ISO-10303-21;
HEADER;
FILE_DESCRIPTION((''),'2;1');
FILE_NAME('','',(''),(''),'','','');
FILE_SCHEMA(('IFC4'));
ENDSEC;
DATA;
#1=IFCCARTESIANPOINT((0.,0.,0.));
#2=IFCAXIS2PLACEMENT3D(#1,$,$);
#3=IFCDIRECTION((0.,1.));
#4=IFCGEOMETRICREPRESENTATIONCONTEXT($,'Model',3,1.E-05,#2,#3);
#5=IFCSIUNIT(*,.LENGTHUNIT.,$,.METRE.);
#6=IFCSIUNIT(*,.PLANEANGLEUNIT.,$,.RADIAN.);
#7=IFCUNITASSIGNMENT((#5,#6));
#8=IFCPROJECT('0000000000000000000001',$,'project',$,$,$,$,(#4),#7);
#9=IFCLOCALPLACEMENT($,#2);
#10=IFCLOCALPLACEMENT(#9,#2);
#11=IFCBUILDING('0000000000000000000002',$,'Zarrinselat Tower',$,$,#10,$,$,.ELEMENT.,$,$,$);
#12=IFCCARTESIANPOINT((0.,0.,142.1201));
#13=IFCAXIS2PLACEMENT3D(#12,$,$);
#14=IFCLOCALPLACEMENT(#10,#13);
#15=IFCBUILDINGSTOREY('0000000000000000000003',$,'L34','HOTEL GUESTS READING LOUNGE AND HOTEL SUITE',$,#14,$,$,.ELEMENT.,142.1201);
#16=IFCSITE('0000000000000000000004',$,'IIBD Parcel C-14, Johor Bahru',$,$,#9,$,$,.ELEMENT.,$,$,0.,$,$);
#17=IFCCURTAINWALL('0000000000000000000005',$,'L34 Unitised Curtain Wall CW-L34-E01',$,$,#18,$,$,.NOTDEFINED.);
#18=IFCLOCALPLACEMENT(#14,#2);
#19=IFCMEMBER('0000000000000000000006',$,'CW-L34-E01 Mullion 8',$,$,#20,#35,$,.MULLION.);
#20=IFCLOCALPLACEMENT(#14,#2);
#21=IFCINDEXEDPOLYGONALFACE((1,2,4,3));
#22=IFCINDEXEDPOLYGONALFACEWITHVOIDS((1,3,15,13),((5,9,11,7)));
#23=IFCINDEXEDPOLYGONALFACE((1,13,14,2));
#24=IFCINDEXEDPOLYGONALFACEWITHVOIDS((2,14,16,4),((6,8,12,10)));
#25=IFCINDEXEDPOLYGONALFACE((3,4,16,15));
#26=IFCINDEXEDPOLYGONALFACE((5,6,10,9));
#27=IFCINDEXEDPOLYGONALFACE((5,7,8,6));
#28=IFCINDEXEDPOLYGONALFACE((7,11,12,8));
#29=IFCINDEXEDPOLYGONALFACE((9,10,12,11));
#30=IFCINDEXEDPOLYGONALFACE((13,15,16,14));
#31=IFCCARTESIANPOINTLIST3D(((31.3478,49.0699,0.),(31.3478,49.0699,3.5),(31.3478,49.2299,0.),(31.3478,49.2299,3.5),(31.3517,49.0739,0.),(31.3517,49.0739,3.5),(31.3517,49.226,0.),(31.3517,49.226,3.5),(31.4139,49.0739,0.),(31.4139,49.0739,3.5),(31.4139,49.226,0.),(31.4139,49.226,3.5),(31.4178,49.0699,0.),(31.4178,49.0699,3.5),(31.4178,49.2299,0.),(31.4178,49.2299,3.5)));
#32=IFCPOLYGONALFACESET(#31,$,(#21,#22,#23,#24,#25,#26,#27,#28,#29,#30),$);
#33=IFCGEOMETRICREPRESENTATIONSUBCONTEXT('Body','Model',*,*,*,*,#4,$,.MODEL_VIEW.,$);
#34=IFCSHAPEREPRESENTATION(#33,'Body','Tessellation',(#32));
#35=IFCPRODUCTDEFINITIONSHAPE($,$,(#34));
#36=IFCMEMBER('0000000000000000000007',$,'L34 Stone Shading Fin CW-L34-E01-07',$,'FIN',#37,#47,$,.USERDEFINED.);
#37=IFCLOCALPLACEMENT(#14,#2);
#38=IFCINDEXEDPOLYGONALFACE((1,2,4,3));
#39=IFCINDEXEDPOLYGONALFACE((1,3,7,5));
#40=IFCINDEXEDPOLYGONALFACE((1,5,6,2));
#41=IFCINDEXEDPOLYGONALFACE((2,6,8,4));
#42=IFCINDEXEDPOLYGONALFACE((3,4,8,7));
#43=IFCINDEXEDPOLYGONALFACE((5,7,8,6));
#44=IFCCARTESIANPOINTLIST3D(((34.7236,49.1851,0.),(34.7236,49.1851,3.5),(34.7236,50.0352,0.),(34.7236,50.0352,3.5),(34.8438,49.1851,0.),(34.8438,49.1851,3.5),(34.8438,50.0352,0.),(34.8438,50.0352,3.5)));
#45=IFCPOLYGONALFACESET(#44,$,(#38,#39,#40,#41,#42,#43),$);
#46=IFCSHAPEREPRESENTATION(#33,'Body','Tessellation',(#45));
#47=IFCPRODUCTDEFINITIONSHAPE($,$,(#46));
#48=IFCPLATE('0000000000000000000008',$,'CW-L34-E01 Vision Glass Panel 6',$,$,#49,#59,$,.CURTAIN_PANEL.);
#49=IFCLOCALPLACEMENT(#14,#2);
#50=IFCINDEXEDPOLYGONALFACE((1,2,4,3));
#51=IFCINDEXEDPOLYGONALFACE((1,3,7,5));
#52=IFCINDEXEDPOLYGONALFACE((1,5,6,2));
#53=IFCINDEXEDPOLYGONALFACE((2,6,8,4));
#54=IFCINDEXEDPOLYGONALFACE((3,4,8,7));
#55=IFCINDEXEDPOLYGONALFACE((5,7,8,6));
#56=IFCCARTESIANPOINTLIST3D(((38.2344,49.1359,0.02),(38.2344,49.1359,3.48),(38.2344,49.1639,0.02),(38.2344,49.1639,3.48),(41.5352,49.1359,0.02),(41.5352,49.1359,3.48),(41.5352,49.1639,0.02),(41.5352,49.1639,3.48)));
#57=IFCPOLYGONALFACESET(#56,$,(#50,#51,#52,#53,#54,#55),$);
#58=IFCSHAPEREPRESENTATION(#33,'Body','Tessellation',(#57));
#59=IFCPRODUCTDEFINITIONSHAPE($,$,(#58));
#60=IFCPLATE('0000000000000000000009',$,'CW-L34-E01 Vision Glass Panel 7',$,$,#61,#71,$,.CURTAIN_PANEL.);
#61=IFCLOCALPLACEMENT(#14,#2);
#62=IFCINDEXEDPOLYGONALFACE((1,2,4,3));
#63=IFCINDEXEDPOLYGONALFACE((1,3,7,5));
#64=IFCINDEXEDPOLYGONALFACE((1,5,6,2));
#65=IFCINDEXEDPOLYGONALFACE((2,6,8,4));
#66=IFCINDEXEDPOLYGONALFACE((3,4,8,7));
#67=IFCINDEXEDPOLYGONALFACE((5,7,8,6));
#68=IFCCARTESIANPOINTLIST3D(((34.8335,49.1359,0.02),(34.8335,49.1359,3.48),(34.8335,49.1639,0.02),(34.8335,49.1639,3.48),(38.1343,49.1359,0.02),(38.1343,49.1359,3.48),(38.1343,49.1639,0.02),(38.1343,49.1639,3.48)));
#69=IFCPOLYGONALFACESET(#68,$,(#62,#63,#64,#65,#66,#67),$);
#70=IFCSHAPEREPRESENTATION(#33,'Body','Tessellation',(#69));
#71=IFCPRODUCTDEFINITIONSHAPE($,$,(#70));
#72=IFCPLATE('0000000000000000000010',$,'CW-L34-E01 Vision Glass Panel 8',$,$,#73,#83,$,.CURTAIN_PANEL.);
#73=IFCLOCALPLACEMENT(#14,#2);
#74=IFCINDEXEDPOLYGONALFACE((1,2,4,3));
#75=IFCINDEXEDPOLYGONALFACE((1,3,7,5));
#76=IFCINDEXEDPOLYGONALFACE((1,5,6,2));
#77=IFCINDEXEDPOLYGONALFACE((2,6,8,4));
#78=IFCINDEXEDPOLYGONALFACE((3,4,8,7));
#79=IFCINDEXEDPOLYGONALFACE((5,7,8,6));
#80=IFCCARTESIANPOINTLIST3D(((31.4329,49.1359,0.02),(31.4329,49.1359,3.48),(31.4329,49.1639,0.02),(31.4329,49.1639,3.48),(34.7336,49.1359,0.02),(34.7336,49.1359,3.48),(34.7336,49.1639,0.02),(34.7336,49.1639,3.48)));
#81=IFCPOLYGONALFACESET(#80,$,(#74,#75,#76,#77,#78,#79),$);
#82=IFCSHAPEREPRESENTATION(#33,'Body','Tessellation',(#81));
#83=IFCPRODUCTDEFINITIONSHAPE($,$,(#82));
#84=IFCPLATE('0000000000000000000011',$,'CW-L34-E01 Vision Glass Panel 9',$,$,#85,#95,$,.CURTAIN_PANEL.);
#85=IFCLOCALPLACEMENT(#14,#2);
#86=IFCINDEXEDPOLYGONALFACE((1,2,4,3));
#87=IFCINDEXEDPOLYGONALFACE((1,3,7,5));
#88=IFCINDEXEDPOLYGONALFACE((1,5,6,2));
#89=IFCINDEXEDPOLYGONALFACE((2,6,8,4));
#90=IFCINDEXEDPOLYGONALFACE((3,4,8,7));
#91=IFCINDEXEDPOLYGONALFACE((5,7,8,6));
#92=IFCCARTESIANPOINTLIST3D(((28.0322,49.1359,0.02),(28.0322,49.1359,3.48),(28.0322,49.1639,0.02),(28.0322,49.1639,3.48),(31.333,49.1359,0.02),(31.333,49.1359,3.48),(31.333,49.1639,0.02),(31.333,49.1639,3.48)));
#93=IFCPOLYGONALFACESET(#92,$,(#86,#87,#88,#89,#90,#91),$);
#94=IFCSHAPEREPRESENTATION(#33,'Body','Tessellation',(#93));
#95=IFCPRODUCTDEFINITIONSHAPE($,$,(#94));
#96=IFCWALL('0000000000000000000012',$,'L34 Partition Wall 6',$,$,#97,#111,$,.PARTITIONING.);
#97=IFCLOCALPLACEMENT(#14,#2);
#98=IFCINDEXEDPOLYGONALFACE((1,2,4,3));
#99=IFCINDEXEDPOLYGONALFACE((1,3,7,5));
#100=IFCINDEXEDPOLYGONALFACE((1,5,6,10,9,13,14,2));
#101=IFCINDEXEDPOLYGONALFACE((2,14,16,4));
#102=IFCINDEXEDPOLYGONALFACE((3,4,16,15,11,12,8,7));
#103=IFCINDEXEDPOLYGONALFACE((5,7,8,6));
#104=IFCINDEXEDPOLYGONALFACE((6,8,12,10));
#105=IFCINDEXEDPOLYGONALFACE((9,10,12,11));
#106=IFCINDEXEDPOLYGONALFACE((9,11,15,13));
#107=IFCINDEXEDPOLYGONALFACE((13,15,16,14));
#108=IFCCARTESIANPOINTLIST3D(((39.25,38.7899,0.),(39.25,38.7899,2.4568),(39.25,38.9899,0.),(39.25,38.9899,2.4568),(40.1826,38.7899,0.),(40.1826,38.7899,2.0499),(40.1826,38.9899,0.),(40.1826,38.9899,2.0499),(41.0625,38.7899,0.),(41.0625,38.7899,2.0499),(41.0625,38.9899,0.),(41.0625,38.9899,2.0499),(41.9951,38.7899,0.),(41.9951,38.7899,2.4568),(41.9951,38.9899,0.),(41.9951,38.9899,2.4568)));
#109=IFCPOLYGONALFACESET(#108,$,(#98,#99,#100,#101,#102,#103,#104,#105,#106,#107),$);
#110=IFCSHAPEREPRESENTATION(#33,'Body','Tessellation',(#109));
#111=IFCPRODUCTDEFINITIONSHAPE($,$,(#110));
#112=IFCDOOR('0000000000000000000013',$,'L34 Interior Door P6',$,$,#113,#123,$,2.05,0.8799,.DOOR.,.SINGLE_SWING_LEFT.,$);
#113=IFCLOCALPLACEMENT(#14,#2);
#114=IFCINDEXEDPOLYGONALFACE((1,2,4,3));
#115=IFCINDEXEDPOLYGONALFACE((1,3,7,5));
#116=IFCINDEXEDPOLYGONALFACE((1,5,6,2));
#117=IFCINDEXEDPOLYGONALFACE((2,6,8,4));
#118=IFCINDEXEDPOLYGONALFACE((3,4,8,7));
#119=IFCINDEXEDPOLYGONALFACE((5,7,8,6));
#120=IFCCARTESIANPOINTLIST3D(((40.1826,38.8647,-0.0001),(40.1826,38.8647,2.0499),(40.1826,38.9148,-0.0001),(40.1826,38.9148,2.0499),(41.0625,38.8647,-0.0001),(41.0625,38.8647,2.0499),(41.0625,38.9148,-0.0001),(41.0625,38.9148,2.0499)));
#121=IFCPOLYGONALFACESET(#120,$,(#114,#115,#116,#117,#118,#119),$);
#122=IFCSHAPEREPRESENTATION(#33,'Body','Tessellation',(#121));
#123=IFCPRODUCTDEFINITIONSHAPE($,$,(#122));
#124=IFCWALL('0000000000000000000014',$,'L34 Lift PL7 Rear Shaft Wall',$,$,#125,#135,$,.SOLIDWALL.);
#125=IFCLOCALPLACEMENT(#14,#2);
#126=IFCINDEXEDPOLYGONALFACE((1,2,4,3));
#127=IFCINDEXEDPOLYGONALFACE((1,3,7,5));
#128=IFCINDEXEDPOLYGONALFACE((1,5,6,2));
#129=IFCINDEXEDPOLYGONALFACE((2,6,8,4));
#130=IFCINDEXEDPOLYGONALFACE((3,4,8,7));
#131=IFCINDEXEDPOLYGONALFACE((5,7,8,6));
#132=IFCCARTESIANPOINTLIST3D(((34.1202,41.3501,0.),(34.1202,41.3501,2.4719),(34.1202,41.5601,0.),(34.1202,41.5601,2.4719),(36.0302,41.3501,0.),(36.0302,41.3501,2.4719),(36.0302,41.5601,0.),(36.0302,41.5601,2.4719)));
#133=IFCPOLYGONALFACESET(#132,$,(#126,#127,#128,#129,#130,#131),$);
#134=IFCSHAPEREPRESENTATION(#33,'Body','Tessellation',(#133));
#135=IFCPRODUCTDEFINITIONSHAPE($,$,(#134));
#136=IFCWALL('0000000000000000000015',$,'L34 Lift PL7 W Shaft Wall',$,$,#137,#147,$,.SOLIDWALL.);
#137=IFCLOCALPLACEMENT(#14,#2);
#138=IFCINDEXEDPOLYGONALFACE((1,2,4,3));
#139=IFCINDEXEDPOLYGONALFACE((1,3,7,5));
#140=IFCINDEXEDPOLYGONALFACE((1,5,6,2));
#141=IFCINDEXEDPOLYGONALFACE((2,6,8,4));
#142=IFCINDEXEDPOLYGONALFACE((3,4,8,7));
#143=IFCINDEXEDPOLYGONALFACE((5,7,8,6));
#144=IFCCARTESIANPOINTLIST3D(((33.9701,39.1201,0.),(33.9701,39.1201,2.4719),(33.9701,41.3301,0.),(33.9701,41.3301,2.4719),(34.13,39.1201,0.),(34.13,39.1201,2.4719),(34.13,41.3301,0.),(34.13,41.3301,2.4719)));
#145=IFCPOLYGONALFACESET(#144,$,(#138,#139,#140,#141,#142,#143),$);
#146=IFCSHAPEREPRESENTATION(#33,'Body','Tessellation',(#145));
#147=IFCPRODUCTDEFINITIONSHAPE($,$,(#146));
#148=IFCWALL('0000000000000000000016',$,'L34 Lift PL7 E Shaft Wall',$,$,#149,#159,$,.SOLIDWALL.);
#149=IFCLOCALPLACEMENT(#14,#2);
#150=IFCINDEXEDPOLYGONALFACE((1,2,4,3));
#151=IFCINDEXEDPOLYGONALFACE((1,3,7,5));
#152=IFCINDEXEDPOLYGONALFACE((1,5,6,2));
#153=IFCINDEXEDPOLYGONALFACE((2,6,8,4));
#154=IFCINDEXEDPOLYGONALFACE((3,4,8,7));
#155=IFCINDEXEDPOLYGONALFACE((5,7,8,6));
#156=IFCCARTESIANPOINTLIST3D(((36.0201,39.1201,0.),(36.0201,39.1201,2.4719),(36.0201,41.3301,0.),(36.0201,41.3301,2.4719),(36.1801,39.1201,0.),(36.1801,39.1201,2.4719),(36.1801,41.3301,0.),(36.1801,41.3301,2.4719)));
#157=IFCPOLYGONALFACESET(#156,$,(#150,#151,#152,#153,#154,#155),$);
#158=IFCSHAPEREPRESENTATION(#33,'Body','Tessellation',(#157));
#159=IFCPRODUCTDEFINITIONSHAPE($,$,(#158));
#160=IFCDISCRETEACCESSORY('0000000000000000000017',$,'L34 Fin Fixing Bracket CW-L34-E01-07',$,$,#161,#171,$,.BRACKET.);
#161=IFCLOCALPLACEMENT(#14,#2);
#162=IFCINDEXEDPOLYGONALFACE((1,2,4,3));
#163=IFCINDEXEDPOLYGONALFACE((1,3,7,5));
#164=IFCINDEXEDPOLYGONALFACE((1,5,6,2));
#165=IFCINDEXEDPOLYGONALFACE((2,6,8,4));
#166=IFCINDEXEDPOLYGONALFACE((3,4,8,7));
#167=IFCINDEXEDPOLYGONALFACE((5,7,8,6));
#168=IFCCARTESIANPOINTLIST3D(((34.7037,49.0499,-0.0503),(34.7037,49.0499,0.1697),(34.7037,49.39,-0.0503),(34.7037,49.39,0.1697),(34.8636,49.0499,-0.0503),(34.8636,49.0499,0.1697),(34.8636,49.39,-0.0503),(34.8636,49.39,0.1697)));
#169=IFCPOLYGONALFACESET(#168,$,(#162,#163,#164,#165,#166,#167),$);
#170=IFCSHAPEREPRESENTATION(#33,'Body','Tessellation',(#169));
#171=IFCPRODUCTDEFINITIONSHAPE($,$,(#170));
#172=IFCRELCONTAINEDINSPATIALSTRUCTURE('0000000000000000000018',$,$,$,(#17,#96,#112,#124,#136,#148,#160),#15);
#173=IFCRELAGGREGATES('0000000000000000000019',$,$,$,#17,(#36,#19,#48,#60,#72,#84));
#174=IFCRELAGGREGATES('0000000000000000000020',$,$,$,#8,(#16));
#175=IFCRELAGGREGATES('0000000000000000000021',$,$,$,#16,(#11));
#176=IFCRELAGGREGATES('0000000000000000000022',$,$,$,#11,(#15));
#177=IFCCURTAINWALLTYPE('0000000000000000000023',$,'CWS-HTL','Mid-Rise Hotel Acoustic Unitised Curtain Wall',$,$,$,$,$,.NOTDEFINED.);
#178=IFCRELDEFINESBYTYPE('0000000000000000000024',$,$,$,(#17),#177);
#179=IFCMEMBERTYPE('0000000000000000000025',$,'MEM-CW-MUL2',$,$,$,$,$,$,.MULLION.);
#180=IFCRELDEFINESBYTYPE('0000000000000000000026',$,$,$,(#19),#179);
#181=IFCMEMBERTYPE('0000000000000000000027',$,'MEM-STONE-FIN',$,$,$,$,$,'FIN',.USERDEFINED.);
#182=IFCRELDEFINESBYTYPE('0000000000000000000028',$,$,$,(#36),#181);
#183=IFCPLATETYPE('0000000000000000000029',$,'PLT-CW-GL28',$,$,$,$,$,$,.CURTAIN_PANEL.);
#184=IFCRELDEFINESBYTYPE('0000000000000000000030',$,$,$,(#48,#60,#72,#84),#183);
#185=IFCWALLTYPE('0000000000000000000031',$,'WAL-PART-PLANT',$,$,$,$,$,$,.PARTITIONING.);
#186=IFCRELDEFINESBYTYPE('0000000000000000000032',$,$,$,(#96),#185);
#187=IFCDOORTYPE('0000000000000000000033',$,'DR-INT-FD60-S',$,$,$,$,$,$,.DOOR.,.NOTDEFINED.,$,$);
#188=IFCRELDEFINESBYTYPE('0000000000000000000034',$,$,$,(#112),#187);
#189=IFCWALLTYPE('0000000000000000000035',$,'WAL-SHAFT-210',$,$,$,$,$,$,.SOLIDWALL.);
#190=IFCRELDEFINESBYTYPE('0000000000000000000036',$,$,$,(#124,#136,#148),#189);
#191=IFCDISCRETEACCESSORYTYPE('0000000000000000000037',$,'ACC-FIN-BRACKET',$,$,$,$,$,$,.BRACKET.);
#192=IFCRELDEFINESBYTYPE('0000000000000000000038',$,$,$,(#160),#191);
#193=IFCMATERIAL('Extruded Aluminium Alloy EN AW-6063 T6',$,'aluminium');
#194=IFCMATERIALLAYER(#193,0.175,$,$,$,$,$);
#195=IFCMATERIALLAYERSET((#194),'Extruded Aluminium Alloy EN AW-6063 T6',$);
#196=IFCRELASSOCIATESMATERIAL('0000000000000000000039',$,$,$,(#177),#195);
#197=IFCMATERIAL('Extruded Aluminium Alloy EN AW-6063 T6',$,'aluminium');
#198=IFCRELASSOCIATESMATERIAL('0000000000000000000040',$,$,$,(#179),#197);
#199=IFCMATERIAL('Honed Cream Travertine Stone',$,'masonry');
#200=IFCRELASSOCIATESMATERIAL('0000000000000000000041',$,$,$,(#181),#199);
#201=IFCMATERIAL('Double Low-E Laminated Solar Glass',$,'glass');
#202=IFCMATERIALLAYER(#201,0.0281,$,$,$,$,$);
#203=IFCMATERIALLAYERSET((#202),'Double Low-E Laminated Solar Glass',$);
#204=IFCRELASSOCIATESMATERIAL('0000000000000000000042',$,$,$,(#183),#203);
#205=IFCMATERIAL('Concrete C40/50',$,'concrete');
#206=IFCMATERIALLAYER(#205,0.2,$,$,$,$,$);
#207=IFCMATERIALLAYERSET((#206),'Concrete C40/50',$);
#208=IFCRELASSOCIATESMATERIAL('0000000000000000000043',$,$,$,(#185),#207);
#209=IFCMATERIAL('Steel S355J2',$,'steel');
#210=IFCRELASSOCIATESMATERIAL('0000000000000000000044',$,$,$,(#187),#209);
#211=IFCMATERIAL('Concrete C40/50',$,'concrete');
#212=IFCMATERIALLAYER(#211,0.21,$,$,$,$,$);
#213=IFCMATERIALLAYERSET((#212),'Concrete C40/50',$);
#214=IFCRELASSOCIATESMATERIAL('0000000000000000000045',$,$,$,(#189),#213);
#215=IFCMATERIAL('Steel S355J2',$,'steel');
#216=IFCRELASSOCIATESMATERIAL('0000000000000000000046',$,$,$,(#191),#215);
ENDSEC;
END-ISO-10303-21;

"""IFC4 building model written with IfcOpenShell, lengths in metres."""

from ifc_helpers import new_model, si_unit, direction, frame, frame_2d, origin, origin_2d, place, context, subcontext, project, spatial, rectangle, hollow_rectangle, extrude, material, layer, layer_set, material_profile, profile_set, type_object, element, fill, aggregate, save


model = new_model("IFC4")

# Units and contexts
model_context = context("Model", 3, precision=1e-05, world=origin(), true_north=direction((0.0, 1.0)))
body_context = subcontext(model_context, "Body", "Model", "MODEL_VIEW")
ifc_project = project(units=[si_unit("LENGTHUNIT", "METRE"), si_unit("PLANEANGLEUNIT", "RADIAN")], contexts=[model_context])

# Site, building, storey
site_placement = place(None, origin())
site = spatial("IfcSite", under=ifc_project, at=site_placement, Name="IIBD Parcel C-14, Johor Bahru", CompositionType="ELEMENT", RefElevation=0.0)
building_placement = place(site_placement, origin())
building = spatial("IfcBuilding", under=site, at=building_placement, Name="Zarrinselat Tower", CompositionType="ELEMENT")
storey_placement = place(building_placement, frame((0.0, 0.0, 142.1201)))
storey = spatial("IfcBuildingStorey", under=building, at=storey_placement, Name="L34", Description="HOTEL GUESTS READING LOUNGE AND HOTEL SUITE", CompositionType="ELEMENT", Elevation=142.1201)

# Curtain wall, members, plates
ifc_material_1 = material(Name="Extruded Aluminium Alloy EN AW-6063 T6", Category="aluminium")
ifc_layer_1 = layer(ifc_material_1, 0.175)
ifc_layer_set_1 = layer_set([ifc_layer_1], Name="Extruded Aluminium Alloy EN AW-6063 T6")
curtain_wall_type = type_object("IfcCurtainWallType", Name="CWS-HTL", Description="Mid-Rise Hotel Acoustic Unitised Curtain Wall", PredefinedType="NOTDEFINED", material=ifc_layer_set_1)
curtain_wall_placement = place(storey_placement, origin())
curtain_wall = element("IfcCurtainWall", 1, at=curtain_wall_placement, inside=storey, type_object=curtain_wall_type, Name="L34 Unitised Curtain Wall CW-L34-E01", PredefinedType="NOTDEFINED")
ifc_material_2 = material(Name="Extruded Aluminium Alloy EN AW-6063 T6", Category="aluminium")
ifc_material_profile_1 = material_profile(ifc_material_2, hollow_rectangle(XDim=0.0701, YDim=0.1599, WallThickness=0.0039, at=origin_2d()), Name="RHS 160x70x4")
ifc_profile_set_1 = profile_set([ifc_material_profile_1], Name="Extruded Aluminium Alloy EN AW-6063 T6")
member_type_1 = type_object("IfcMemberType", Name="MEM-CW-MUL2", PredefinedType="MULLION", material=ifc_profile_set_1)
member_1_placement = place(storey_placement, frame((31.3828, 49.1499, 0.0), z_axis=(0.0, 0.0, 1.0), x_axis=(-1.0, 0.0, 0.0)))
member_1 = element("IfcMember", 2, at=member_1_placement, type_object=member_type_1, Name="CW-L34-E01 Mullion 8", PredefinedType="MULLION", context=body_context, shape_type="SweptSolid", body=[
    extrude(hollow_rectangle(XDim=0.0701, YDim=0.1599, WallThickness=0.0039, at=origin_2d()), origin(), (0.0, 0.0, 1.0), 3.5),
])
ifc_material_3 = material(Name="Honed Cream Travertine Stone", Category="masonry")
ifc_material_profile_2 = material_profile(ifc_material_3, rectangle(XDim=0.1201, YDim=0.8501, at=origin_2d()), Name="FIN 850x120")
ifc_profile_set_2 = profile_set([ifc_material_profile_2], Name="Honed Cream Travertine Stone")
member_type_2 = type_object("IfcMemberType", Name="MEM-STONE-FIN", ElementType="FIN", PredefinedType="USERDEFINED", material=ifc_profile_set_2)
member_2_placement = place(storey_placement, frame((34.7837, 49.6101, 0.0), z_axis=(0.0, 0.0, 1.0), x_axis=(1.0, 0.0, 0.0)))
member_2 = element("IfcMember", 3, at=member_2_placement, type_object=member_type_2, Name="L34 Stone Shading Fin CW-L34-E01-07", ObjectType="FIN", PredefinedType="USERDEFINED", context=body_context, shape_type="SweptSolid", body=[
    extrude(rectangle(XDim=0.1201, YDim=0.8501, at=origin_2d()), origin(), (0.0, 0.0, 1.0), 3.5),
])
ifc_material_4 = material(Name="Double Low-E Laminated Solar Glass", Category="glass")
ifc_layer_2 = layer(ifc_material_4, 0.0281)
ifc_layer_set_2 = layer_set([ifc_layer_2], Name="Double Low-E Laminated Solar Glass")
plate_type = type_object("IfcPlateType", Name="PLT-CW-GL28", PredefinedType="CURTAIN_PANEL", material=ifc_layer_set_2)
plate_1_placement = place(storey_placement, frame((39.8848, 49.1499, 0.02), z_axis=(0.0, 0.0, 1.0), x_axis=(-1.0, 0.0, 0.0)))
plate_1 = element("IfcPlate", 4, at=plate_1_placement, type_object=plate_type, Name="CW-L34-E01 Vision Glass Panel 6", PredefinedType="CURTAIN_PANEL", context=body_context, shape_type="SweptSolid", body=[
    extrude(rectangle(XDim=3.3008, YDim=0.0281, at=origin_2d()), origin(), (0.0, 0.0, 1.0), 3.46),
])
plate_2_placement = place(storey_placement, frame((36.4839, 49.1499, 0.02), z_axis=(0.0, 0.0, 1.0), x_axis=(-1.0, 0.0, 0.0)))
plate_2 = element("IfcPlate", 5, at=plate_2_placement, type_object=plate_type, Name="CW-L34-E01 Vision Glass Panel 7", PredefinedType="CURTAIN_PANEL", context=body_context, shape_type="SweptSolid", body=[
    extrude(rectangle(XDim=3.3008, YDim=0.0281, at=origin_2d()), origin(), (0.0, 0.0, 1.0), 3.46),
])
plate_3_placement = place(storey_placement, frame((33.0833, 49.1499, 0.02), z_axis=(0.0, 0.0, 1.0), x_axis=(-1.0, 0.0, 0.0)))
plate_3 = element("IfcPlate", 6, at=plate_3_placement, type_object=plate_type, Name="CW-L34-E01 Vision Glass Panel 8", PredefinedType="CURTAIN_PANEL", context=body_context, shape_type="SweptSolid", body=[
    extrude(rectangle(XDim=3.3008, YDim=0.0281, at=origin_2d()), origin(), (0.0, 0.0, 1.0), 3.46),
])
plate_4_placement = place(storey_placement, frame((29.6826, 49.1499, 0.02), z_axis=(0.0, 0.0, 1.0), x_axis=(-1.0, 0.0, 0.0)))
plate_4 = element("IfcPlate", 7, at=plate_4_placement, type_object=plate_type, Name="CW-L34-E01 Vision Glass Panel 9", PredefinedType="CURTAIN_PANEL", context=body_context, shape_type="SweptSolid", body=[
    extrude(rectangle(XDim=3.3008, YDim=0.0281, at=origin_2d()), origin(), (0.0, 0.0, 1.0), 3.46),
])
aggregate(curtain_wall, [member_2, member_1, plate_1, plate_2, plate_3, plate_4])

# Wall, opening, door
ifc_material_5 = material(Name="Concrete C40/50", Category="concrete")
ifc_layer_3 = layer(ifc_material_5, 0.2)
ifc_layer_set_3 = layer_set([ifc_layer_3], Name="Concrete C40/50")
wall_type_1 = type_object("IfcWallType", Name="WAL-PART-PLANT", PredefinedType="PARTITIONING", material=ifc_layer_set_3)
wall_1_placement = place(storey_placement, frame((39.25, 38.8899, 0.0), z_axis=(0.0, 0.0, 1.0), x_axis=(1.0, 0.0, 0.0)))
wall_1 = element("IfcWall", 8, at=wall_1_placement, inside=storey, type_object=wall_type_1, Name="L34 Partition Wall 6", PredefinedType="PARTITIONING", context=body_context, shape_type="SweptSolid", body=[
    extrude(rectangle(XDim=2.7451, YDim=0.2, at=frame_2d((1.3726, 0.0))), origin(), (0.0, 0.0, 1.0), 2.4568),
])
opening_placement = place(wall_1_placement, frame((0.9326, 0.0, 0.0)))
opening = element("IfcOpeningElement", 9, at=opening_placement, cuts=wall_1, PredefinedType="OPENING", context=body_context, shape_type="SweptSolid", body=[
    extrude(rectangle(XDim=0.8799, YDim=2.05, at=frame_2d((0.4399, 1.0249))), frame((0.0, 0.1099, 0.0), z_axis=(0.0, -1.0, 0.0), x_axis=(1.0, 0.0, 0.0)), (0.0, 0.0, 1.0), 0.22),
])
ifc_material_6 = material(Name="Steel S355J2", Category="steel")
door_type = type_object("IfcDoorType", Name="DR-INT-FD60-S", OperationType="NOTDEFINED", PredefinedType="DOOR", material=ifc_material_6)
door_placement = place(opening_placement, origin())
door = element("IfcDoor", 10, at=door_placement, inside=storey, type_object=door_type, Name="L34 Interior Door P6", OperationType="SINGLE_SWING_LEFT", OverallHeight=2.05, OverallWidth=0.8799, PredefinedType="DOOR", context=body_context, shape_type="SweptSolid", body=[
    extrude(rectangle(XDim=0.8799, YDim=2.05, at=frame_2d((0.4399, 1.0249))), frame((0.0, 0.0249, 0.0), z_axis=(0.0, -1.0, 0.0), x_axis=(1.0, 0.0, 0.0)), (0.0, 0.0, 1.0), 0.05),
])
fill(opening, door)

# Walls
ifc_material_7 = material(Name="Concrete C40/50", Category="concrete")
ifc_layer_4 = layer(ifc_material_7, 0.21)
ifc_layer_set_4 = layer_set([ifc_layer_4], Name="Concrete C40/50")
wall_type_2 = type_object("IfcWallType", Name="WAL-SHAFT-210", PredefinedType="SOLIDWALL", material=ifc_layer_set_4)
wall_2_placement = place(storey_placement, frame((34.1201, 41.4551, 0.0), z_axis=(0.0, 0.0, 1.0), x_axis=(1.0, 0.0, 0.0)))
element("IfcWall", 11, at=wall_2_placement, inside=storey, type_object=wall_type_2, Name="L34 Lift PL7 Rear Shaft Wall", PredefinedType="SOLIDWALL", context=body_context, shape_type="SweptSolid", body=[
    extrude(rectangle(XDim=1.9099, YDim=0.21, at=frame_2d((0.9551, 0.0))), origin(), (0.0, 0.0, 1.0), 2.4719),
])
for number, where, z_axis, x_axis, name in (
    (12, (34.05, 39.1201, 0.0), (0.0, 0.0, 1.0), (0.0, 1.0, 0.0), "L34 Lift PL7 W Shaft Wall"),
    (13, (36.1001, 39.1201, 0.0), (0.0, 0.0, 1.0), (0.0, 1.0, 0.0), "L34 Lift PL7 E Shaft Wall"),
):
    element("IfcWall", number, at=place(storey_placement, frame(where, z_axis=z_axis, x_axis=x_axis)), inside=storey, type_object=wall_type_2, Name=name, PredefinedType="SOLIDWALL", context=body_context, shape_type="SweptSolid", body=[
        extrude(rectangle(XDim=2.21, YDim=0.1599, at=frame_2d((1.105, 0.0))), origin(), (0.0, 0.0, 1.0), 2.4719),
    ])

# Discrete accessory
ifc_material_8 = material(Name="Steel S355J2", Category="steel")
discrete_accessory_type = type_object("IfcDiscreteAccessoryType", Name="ACC-FIN-BRACKET", PredefinedType="BRACKET", material=ifc_material_8)
discrete_accessory_placement = place(storey_placement, frame((34.7837, 49.22, -0.0503), z_axis=(0.0, 0.0, 1.0), x_axis=(0.0, 1.0, 0.0)))
element("IfcDiscreteAccessory", 14, at=discrete_accessory_placement, inside=storey, type_object=discrete_accessory_type, Name="L34 Fin Fixing Bracket CW-L34-E01-07", PredefinedType="BRACKET", context=body_context, shape_type="SweptSolid", body=[
    extrude(rectangle(XDim=0.3401, YDim=0.1599, at=origin_2d()), origin(), (0.0, 0.0, 1.0), 0.22),
])

save(model, "model.ifc")
